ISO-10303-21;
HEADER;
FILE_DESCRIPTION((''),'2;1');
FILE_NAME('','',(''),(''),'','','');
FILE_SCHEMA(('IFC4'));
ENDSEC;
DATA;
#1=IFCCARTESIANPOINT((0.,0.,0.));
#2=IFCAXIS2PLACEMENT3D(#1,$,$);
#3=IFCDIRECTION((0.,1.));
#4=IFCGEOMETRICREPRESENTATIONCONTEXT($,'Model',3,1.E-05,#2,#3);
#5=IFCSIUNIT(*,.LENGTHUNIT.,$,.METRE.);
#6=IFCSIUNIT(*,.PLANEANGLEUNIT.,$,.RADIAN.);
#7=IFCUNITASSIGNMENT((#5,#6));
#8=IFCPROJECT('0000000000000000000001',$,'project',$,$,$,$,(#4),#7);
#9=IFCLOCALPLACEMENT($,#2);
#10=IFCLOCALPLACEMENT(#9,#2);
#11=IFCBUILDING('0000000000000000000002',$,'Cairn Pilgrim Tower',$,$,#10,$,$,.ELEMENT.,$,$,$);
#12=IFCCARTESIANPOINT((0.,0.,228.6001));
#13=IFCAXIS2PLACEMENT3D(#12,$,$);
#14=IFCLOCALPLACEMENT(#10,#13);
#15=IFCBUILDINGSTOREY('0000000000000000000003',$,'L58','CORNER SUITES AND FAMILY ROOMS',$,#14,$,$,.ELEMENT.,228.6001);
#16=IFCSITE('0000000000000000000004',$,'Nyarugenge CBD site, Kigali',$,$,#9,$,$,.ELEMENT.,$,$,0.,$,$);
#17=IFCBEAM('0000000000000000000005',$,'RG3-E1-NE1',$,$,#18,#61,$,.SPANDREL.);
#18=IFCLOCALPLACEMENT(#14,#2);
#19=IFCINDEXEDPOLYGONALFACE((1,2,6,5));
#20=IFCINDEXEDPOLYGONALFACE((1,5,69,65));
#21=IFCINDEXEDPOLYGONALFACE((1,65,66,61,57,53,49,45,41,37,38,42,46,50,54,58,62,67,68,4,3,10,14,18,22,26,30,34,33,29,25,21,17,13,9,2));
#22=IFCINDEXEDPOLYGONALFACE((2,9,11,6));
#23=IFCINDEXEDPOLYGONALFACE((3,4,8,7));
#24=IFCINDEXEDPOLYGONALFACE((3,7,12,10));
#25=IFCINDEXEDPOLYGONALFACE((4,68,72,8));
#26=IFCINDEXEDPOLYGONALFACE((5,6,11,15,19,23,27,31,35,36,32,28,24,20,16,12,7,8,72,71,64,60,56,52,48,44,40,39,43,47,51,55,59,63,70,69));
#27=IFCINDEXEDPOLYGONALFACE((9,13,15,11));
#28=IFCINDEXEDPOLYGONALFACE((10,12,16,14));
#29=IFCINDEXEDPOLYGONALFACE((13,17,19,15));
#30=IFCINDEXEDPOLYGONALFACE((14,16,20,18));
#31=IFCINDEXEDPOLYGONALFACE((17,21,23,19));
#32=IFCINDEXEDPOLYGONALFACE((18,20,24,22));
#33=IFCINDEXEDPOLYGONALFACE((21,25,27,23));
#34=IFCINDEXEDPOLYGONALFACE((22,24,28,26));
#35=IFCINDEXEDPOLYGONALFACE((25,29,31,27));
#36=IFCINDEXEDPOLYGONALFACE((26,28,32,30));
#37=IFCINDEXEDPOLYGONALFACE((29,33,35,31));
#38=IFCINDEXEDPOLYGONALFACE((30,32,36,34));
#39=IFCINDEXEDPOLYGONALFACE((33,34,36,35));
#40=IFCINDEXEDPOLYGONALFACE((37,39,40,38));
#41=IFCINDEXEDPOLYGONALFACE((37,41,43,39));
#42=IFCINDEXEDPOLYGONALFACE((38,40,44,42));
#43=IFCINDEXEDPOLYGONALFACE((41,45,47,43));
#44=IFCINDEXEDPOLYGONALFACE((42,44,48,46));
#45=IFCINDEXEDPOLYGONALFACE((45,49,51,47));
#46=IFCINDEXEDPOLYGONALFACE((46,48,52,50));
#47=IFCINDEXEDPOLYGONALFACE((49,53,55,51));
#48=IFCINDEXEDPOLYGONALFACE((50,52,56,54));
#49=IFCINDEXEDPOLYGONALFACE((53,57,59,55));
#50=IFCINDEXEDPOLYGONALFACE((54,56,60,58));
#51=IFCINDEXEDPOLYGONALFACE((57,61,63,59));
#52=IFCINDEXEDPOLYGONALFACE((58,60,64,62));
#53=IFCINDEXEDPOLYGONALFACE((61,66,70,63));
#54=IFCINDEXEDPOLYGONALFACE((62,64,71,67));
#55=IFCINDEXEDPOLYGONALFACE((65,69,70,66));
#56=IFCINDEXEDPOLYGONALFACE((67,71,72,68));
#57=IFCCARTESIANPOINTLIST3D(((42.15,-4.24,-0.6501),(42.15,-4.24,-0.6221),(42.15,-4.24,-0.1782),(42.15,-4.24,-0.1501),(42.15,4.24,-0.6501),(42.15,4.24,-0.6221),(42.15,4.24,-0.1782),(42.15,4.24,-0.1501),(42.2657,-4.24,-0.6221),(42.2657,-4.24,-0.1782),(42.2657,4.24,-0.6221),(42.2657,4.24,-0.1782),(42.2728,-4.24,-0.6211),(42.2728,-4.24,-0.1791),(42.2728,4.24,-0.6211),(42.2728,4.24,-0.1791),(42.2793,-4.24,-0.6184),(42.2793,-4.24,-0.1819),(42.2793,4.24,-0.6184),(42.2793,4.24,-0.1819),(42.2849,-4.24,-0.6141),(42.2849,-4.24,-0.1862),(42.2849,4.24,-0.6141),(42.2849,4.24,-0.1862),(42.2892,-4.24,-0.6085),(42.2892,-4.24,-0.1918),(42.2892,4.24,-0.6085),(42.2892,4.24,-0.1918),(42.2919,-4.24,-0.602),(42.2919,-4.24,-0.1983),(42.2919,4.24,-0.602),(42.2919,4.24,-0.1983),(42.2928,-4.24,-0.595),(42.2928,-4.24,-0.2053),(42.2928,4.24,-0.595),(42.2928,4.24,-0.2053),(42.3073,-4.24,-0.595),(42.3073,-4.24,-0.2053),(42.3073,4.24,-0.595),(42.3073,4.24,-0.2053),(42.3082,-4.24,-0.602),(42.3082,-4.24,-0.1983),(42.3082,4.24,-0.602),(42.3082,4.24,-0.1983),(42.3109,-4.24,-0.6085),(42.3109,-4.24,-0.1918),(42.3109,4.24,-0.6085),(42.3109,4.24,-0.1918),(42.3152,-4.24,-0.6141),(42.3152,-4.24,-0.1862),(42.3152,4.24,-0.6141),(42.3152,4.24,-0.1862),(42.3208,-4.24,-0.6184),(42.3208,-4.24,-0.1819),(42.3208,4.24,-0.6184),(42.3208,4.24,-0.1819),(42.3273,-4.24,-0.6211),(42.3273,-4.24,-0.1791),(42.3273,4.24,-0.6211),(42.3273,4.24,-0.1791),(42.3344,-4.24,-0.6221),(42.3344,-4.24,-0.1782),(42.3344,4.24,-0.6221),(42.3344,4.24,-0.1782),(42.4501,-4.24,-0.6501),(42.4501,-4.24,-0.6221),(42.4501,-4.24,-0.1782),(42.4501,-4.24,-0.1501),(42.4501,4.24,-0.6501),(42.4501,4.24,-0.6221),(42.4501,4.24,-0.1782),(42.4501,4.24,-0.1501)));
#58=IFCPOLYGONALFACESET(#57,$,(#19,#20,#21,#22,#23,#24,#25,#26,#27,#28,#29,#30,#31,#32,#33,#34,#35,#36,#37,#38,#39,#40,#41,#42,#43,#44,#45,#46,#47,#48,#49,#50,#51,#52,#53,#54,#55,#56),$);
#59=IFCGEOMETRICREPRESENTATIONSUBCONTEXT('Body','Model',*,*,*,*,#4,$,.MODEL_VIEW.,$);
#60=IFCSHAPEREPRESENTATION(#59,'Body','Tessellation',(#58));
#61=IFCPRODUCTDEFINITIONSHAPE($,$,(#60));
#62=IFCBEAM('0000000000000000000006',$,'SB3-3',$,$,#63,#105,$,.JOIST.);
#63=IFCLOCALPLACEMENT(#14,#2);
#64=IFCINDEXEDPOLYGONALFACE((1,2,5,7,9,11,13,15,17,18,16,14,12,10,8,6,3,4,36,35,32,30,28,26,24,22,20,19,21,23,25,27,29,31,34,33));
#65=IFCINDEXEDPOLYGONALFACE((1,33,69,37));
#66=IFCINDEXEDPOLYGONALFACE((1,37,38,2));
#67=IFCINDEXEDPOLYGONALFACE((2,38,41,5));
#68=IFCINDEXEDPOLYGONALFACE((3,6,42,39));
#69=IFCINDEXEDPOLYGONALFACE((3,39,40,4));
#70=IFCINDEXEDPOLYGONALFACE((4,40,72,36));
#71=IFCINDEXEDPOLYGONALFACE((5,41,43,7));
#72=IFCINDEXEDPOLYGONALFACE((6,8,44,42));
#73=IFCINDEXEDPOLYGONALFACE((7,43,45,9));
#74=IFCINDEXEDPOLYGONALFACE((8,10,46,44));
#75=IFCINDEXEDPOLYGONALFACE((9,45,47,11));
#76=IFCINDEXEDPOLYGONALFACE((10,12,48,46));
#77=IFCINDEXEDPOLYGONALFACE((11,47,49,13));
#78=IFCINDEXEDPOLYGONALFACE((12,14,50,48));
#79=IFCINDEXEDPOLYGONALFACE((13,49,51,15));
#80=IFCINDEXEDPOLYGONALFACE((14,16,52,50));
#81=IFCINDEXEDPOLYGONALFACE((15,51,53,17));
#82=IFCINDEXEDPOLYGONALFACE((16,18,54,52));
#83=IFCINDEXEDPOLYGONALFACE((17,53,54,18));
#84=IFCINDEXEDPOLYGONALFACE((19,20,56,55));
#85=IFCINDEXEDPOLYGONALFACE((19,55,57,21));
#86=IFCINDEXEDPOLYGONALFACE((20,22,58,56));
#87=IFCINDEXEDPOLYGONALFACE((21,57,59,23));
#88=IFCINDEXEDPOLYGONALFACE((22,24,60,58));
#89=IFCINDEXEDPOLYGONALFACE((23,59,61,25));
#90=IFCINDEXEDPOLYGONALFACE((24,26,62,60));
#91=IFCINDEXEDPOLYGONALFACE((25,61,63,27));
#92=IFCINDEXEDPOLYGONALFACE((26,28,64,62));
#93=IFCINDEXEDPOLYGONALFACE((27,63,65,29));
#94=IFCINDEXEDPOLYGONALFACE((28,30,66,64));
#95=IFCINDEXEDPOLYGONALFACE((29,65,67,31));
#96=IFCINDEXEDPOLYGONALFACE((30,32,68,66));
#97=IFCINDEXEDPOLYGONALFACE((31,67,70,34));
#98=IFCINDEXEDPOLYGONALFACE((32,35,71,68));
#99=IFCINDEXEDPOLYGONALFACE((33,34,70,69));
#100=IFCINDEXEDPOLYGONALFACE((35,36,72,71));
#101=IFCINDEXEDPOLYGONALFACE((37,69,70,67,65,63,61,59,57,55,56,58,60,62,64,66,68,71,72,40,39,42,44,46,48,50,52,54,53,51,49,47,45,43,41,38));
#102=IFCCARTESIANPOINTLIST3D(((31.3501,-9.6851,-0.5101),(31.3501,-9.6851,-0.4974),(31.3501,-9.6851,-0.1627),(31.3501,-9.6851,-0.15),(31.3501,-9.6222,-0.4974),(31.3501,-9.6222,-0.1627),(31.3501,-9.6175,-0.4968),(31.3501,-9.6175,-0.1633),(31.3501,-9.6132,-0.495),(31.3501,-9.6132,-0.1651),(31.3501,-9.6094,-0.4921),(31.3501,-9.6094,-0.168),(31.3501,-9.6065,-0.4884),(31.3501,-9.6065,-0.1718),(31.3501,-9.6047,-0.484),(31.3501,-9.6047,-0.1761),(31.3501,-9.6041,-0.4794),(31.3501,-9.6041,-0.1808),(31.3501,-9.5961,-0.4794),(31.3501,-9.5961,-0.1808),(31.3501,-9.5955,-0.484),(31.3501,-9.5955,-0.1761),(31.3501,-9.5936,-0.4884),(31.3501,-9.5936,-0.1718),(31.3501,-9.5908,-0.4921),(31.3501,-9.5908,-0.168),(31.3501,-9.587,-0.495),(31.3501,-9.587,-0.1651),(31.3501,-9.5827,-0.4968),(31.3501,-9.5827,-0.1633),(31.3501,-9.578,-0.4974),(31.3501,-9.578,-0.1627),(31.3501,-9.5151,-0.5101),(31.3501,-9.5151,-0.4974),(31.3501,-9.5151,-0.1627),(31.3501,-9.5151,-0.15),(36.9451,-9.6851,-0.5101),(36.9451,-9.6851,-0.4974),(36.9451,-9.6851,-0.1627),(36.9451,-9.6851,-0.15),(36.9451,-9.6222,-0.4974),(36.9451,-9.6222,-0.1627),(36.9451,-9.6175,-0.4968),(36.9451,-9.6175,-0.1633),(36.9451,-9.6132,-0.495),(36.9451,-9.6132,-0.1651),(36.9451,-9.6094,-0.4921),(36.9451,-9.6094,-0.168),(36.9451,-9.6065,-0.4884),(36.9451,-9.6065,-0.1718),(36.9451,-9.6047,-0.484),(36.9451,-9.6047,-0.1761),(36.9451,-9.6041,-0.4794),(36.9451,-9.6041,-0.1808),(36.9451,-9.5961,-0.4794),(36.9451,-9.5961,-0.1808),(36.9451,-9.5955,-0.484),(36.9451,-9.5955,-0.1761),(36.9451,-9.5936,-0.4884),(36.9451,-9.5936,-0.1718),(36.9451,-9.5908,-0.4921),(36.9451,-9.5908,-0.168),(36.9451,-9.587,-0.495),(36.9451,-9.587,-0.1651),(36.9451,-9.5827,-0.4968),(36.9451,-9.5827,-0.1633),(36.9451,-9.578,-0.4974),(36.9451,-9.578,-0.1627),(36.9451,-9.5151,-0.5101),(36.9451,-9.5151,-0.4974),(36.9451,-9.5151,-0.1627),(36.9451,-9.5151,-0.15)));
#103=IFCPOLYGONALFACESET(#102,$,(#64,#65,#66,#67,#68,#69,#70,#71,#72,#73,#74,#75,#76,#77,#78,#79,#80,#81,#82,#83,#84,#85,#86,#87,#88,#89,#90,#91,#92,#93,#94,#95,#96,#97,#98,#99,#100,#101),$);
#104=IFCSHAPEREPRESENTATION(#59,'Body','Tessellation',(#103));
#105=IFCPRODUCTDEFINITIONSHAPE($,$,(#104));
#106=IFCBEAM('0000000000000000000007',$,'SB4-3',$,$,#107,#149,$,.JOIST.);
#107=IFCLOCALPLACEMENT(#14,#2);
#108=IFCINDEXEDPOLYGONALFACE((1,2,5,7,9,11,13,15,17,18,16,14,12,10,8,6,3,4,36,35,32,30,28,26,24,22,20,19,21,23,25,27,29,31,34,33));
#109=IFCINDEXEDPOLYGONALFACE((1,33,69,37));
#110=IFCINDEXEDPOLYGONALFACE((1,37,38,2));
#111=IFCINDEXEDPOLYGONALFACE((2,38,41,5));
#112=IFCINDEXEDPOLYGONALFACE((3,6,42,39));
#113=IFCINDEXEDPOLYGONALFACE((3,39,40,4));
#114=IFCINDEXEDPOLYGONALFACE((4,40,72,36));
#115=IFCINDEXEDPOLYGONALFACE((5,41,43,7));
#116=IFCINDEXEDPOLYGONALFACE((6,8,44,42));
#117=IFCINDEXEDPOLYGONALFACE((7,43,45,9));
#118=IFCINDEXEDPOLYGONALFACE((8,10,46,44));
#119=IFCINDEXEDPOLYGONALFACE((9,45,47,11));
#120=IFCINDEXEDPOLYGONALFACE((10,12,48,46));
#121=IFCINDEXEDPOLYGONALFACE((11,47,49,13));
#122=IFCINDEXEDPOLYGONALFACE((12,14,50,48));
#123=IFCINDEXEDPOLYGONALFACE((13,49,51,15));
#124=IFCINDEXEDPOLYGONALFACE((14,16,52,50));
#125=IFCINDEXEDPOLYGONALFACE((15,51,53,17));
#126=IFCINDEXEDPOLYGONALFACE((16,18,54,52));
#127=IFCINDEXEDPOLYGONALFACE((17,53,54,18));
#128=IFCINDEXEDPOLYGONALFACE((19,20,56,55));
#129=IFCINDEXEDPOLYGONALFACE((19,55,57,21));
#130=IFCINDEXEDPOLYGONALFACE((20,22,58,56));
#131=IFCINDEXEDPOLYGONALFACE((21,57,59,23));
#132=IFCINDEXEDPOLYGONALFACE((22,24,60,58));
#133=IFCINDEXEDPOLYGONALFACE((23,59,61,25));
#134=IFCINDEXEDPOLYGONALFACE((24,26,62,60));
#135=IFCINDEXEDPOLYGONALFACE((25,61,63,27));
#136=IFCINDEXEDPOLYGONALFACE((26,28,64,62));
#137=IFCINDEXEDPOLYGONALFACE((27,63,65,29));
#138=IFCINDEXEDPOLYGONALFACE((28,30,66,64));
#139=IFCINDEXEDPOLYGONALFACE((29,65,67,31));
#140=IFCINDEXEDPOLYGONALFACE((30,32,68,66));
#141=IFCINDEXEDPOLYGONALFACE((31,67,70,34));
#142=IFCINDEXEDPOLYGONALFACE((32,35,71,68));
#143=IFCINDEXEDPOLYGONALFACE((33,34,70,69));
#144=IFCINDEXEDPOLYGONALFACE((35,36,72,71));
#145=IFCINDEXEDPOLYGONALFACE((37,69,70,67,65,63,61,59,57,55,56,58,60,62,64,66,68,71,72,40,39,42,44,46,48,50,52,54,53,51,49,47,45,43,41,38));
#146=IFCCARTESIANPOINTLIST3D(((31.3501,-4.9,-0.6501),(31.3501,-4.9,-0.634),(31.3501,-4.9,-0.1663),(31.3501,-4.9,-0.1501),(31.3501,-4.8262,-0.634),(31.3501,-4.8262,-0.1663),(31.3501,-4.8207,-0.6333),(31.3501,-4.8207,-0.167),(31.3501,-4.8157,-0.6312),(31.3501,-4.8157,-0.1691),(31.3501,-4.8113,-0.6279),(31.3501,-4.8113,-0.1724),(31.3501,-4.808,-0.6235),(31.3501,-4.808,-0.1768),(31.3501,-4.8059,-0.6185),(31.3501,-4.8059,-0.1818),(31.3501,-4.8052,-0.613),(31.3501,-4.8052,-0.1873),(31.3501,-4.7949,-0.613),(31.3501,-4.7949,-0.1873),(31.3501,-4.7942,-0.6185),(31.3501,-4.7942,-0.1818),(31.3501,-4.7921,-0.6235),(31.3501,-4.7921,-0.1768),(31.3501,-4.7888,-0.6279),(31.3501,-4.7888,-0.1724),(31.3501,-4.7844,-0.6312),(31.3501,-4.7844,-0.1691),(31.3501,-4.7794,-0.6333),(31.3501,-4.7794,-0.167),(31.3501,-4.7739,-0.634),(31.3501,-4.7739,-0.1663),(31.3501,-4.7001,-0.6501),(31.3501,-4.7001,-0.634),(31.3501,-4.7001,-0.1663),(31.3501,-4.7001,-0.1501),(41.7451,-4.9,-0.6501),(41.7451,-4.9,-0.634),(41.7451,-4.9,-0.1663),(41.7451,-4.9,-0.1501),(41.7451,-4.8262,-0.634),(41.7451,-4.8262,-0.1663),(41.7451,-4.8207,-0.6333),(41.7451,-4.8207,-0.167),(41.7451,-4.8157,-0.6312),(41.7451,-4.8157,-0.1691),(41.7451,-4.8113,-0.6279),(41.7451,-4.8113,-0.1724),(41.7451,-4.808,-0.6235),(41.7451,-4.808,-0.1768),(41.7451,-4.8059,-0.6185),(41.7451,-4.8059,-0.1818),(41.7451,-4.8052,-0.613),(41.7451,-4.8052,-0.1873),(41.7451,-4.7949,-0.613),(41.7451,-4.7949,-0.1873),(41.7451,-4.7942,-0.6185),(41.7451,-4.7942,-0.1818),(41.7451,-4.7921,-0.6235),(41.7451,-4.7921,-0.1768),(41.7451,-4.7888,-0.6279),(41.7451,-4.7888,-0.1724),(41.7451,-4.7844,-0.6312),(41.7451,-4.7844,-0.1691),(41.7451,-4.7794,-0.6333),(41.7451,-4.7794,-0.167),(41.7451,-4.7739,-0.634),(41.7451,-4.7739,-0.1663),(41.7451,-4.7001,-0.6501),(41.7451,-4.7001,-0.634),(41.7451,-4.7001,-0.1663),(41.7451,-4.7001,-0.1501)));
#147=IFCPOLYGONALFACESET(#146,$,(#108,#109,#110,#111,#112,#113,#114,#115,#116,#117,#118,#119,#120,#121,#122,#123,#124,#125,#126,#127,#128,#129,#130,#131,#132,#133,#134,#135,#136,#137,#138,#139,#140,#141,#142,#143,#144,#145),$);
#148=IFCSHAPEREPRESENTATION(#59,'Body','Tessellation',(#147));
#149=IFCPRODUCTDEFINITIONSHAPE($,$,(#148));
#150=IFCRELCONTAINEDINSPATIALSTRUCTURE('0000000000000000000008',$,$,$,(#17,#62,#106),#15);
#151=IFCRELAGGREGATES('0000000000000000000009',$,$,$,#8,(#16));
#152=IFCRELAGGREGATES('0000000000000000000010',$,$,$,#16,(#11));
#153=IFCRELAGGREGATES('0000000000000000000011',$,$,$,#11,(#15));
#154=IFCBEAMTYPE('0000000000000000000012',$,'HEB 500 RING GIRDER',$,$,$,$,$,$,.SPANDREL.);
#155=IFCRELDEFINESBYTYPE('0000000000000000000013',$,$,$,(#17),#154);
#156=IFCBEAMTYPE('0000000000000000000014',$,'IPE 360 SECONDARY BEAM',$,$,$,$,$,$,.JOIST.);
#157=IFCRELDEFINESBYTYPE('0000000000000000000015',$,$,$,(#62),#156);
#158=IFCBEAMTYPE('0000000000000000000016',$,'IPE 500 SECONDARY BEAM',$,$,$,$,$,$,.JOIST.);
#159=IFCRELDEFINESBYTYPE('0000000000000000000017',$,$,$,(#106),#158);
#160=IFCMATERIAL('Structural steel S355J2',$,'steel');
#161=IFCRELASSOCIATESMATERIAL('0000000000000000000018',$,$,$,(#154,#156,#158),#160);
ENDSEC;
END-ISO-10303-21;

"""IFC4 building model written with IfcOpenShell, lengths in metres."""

from ifc_helpers import new_model, si_unit, direction, frame, origin, origin_2d, place, context, subcontext, project, spatial, i_section, extrude, material, material_profile, profile_set, type_object, element, save


model = new_model("IFC4")

# Units and contexts
model_context = context("Model", 3, precision=1e-05, world=origin(), true_north=direction((0.0, 1.0)))
body_context = subcontext(model_context, "Body", "Model", "MODEL_VIEW")
ifc_project = project(units=[si_unit("LENGTHUNIT", "METRE"), si_unit("PLANEANGLEUNIT", "RADIAN")], contexts=[model_context])

# Site, building, storey
site_placement = place(None, origin())
site = spatial("IfcSite", under=ifc_project, at=site_placement, Name="Nyarugenge CBD site, Kigali", CompositionType="ELEMENT", RefElevation=0.0)
building_placement = place(site_placement, origin())
building = spatial("IfcBuilding", under=site, at=building_placement, Name="Cairn Pilgrim Tower", CompositionType="ELEMENT")
storey_placement = place(building_placement, frame((0.0, 0.0, 228.6001)))
storey = spatial("IfcBuildingStorey", under=building, at=storey_placement, Name="L58", Description="CORNER SUITES AND FAMILY ROOMS", CompositionType="ELEMENT", Elevation=228.6001)

# Shared definitions
ifc_material_1 = material(Name="Structural steel S355J2", Category="steel")

# Beams
ifc_material_profile_1 = material_profile(ifc_material_1, i_section(OverallWidth=0.3, OverallDepth=0.5, WebThickness=0.0144, FlangeThickness=0.0281, FilletRadius=0.0271, at=origin_2d()), Name="HEB 500")
ifc_profile_set_1 = profile_set([ifc_material_profile_1], Name="Structural steel S355J2")
beam_type_1 = type_object("IfcBeamType", Name="HEB 500 RING GIRDER", PredefinedType="SPANDREL", material=ifc_profile_set_1)
beam_1_placement = place(storey_placement, frame((42.3, -4.24, -0.4001), z_axis=(0.0, 1.0, 0.0), x_axis=(-1.0, 0.0, 0.0)))
element("IfcBeam", 1, at=beam_1_placement, inside=storey, type_object=beam_type_1, Name="RG3-E1-NE1", PredefinedType="SPANDREL", context=body_context, shape_type="SweptSolid", body=[
    extrude(i_section(OverallWidth=0.3, OverallDepth=0.5, WebThickness=0.0144, FlangeThickness=0.0281, FilletRadius=0.0271, at=origin_2d()), origin(), (0.0, 0.0, 1.0), 8.48),
])
ifc_material_profile_2 = material_profile(ifc_material_1, i_section(OverallWidth=0.1699, OverallDepth=0.3601, WebThickness=0.0081, FlangeThickness=0.0127, FilletRadius=0.0181, at=origin_2d()), Name="IPE 360")
ifc_profile_set_2 = profile_set([ifc_material_profile_2], Name="Structural steel S355J2")
beam_type_2 = type_object("IfcBeamType", Name="IPE 360 SECONDARY BEAM", PredefinedType="JOIST", material=ifc_profile_set_2)
beam_2_placement = place(storey_placement, frame((31.3501, -9.6001, -0.3301), z_axis=(1.0, 0.0, 0.0), x_axis=(0.0, 1.0, 0.0)))
element("IfcBeam", 2, at=beam_2_placement, inside=storey, type_object=beam_type_2, Name="SB3-3", PredefinedType="JOIST", context=body_context, shape_type="SweptSolid", body=[
    extrude(i_section(OverallWidth=0.1699, OverallDepth=0.3601, WebThickness=0.0081, FlangeThickness=0.0127, FilletRadius=0.0181, at=origin_2d()), origin(), (0.0, 0.0, 1.0), 5.595),
])
ifc_material_profile_3 = material_profile(ifc_material_1, i_section(OverallWidth=0.2, OverallDepth=0.5, WebThickness=0.0103, FlangeThickness=0.0161, FilletRadius=0.021, at=origin_2d()), Name="IPE 500")
ifc_profile_set_3 = profile_set([ifc_material_profile_3], Name="Structural steel S355J2")
beam_type_3 = type_object("IfcBeamType", Name="IPE 500 SECONDARY BEAM", PredefinedType="JOIST", material=ifc_profile_set_3)
beam_3_placement = place(storey_placement, frame((31.3501, -4.8, -0.4001), z_axis=(1.0, 0.0, 0.0), x_axis=(0.0, 1.0, 0.0)))
element("IfcBeam", 3, at=beam_3_placement, inside=storey, type_object=beam_type_3, Name="SB4-3", PredefinedType="JOIST", context=body_context, shape_type="SweptSolid", body=[
    extrude(i_section(OverallWidth=0.2, OverallDepth=0.5, WebThickness=0.0103, FlangeThickness=0.0161, FilletRadius=0.021, at=origin_2d()), origin(), (0.0, 0.0, 1.0), 10.395),
])

save(model, "model.ifc")
